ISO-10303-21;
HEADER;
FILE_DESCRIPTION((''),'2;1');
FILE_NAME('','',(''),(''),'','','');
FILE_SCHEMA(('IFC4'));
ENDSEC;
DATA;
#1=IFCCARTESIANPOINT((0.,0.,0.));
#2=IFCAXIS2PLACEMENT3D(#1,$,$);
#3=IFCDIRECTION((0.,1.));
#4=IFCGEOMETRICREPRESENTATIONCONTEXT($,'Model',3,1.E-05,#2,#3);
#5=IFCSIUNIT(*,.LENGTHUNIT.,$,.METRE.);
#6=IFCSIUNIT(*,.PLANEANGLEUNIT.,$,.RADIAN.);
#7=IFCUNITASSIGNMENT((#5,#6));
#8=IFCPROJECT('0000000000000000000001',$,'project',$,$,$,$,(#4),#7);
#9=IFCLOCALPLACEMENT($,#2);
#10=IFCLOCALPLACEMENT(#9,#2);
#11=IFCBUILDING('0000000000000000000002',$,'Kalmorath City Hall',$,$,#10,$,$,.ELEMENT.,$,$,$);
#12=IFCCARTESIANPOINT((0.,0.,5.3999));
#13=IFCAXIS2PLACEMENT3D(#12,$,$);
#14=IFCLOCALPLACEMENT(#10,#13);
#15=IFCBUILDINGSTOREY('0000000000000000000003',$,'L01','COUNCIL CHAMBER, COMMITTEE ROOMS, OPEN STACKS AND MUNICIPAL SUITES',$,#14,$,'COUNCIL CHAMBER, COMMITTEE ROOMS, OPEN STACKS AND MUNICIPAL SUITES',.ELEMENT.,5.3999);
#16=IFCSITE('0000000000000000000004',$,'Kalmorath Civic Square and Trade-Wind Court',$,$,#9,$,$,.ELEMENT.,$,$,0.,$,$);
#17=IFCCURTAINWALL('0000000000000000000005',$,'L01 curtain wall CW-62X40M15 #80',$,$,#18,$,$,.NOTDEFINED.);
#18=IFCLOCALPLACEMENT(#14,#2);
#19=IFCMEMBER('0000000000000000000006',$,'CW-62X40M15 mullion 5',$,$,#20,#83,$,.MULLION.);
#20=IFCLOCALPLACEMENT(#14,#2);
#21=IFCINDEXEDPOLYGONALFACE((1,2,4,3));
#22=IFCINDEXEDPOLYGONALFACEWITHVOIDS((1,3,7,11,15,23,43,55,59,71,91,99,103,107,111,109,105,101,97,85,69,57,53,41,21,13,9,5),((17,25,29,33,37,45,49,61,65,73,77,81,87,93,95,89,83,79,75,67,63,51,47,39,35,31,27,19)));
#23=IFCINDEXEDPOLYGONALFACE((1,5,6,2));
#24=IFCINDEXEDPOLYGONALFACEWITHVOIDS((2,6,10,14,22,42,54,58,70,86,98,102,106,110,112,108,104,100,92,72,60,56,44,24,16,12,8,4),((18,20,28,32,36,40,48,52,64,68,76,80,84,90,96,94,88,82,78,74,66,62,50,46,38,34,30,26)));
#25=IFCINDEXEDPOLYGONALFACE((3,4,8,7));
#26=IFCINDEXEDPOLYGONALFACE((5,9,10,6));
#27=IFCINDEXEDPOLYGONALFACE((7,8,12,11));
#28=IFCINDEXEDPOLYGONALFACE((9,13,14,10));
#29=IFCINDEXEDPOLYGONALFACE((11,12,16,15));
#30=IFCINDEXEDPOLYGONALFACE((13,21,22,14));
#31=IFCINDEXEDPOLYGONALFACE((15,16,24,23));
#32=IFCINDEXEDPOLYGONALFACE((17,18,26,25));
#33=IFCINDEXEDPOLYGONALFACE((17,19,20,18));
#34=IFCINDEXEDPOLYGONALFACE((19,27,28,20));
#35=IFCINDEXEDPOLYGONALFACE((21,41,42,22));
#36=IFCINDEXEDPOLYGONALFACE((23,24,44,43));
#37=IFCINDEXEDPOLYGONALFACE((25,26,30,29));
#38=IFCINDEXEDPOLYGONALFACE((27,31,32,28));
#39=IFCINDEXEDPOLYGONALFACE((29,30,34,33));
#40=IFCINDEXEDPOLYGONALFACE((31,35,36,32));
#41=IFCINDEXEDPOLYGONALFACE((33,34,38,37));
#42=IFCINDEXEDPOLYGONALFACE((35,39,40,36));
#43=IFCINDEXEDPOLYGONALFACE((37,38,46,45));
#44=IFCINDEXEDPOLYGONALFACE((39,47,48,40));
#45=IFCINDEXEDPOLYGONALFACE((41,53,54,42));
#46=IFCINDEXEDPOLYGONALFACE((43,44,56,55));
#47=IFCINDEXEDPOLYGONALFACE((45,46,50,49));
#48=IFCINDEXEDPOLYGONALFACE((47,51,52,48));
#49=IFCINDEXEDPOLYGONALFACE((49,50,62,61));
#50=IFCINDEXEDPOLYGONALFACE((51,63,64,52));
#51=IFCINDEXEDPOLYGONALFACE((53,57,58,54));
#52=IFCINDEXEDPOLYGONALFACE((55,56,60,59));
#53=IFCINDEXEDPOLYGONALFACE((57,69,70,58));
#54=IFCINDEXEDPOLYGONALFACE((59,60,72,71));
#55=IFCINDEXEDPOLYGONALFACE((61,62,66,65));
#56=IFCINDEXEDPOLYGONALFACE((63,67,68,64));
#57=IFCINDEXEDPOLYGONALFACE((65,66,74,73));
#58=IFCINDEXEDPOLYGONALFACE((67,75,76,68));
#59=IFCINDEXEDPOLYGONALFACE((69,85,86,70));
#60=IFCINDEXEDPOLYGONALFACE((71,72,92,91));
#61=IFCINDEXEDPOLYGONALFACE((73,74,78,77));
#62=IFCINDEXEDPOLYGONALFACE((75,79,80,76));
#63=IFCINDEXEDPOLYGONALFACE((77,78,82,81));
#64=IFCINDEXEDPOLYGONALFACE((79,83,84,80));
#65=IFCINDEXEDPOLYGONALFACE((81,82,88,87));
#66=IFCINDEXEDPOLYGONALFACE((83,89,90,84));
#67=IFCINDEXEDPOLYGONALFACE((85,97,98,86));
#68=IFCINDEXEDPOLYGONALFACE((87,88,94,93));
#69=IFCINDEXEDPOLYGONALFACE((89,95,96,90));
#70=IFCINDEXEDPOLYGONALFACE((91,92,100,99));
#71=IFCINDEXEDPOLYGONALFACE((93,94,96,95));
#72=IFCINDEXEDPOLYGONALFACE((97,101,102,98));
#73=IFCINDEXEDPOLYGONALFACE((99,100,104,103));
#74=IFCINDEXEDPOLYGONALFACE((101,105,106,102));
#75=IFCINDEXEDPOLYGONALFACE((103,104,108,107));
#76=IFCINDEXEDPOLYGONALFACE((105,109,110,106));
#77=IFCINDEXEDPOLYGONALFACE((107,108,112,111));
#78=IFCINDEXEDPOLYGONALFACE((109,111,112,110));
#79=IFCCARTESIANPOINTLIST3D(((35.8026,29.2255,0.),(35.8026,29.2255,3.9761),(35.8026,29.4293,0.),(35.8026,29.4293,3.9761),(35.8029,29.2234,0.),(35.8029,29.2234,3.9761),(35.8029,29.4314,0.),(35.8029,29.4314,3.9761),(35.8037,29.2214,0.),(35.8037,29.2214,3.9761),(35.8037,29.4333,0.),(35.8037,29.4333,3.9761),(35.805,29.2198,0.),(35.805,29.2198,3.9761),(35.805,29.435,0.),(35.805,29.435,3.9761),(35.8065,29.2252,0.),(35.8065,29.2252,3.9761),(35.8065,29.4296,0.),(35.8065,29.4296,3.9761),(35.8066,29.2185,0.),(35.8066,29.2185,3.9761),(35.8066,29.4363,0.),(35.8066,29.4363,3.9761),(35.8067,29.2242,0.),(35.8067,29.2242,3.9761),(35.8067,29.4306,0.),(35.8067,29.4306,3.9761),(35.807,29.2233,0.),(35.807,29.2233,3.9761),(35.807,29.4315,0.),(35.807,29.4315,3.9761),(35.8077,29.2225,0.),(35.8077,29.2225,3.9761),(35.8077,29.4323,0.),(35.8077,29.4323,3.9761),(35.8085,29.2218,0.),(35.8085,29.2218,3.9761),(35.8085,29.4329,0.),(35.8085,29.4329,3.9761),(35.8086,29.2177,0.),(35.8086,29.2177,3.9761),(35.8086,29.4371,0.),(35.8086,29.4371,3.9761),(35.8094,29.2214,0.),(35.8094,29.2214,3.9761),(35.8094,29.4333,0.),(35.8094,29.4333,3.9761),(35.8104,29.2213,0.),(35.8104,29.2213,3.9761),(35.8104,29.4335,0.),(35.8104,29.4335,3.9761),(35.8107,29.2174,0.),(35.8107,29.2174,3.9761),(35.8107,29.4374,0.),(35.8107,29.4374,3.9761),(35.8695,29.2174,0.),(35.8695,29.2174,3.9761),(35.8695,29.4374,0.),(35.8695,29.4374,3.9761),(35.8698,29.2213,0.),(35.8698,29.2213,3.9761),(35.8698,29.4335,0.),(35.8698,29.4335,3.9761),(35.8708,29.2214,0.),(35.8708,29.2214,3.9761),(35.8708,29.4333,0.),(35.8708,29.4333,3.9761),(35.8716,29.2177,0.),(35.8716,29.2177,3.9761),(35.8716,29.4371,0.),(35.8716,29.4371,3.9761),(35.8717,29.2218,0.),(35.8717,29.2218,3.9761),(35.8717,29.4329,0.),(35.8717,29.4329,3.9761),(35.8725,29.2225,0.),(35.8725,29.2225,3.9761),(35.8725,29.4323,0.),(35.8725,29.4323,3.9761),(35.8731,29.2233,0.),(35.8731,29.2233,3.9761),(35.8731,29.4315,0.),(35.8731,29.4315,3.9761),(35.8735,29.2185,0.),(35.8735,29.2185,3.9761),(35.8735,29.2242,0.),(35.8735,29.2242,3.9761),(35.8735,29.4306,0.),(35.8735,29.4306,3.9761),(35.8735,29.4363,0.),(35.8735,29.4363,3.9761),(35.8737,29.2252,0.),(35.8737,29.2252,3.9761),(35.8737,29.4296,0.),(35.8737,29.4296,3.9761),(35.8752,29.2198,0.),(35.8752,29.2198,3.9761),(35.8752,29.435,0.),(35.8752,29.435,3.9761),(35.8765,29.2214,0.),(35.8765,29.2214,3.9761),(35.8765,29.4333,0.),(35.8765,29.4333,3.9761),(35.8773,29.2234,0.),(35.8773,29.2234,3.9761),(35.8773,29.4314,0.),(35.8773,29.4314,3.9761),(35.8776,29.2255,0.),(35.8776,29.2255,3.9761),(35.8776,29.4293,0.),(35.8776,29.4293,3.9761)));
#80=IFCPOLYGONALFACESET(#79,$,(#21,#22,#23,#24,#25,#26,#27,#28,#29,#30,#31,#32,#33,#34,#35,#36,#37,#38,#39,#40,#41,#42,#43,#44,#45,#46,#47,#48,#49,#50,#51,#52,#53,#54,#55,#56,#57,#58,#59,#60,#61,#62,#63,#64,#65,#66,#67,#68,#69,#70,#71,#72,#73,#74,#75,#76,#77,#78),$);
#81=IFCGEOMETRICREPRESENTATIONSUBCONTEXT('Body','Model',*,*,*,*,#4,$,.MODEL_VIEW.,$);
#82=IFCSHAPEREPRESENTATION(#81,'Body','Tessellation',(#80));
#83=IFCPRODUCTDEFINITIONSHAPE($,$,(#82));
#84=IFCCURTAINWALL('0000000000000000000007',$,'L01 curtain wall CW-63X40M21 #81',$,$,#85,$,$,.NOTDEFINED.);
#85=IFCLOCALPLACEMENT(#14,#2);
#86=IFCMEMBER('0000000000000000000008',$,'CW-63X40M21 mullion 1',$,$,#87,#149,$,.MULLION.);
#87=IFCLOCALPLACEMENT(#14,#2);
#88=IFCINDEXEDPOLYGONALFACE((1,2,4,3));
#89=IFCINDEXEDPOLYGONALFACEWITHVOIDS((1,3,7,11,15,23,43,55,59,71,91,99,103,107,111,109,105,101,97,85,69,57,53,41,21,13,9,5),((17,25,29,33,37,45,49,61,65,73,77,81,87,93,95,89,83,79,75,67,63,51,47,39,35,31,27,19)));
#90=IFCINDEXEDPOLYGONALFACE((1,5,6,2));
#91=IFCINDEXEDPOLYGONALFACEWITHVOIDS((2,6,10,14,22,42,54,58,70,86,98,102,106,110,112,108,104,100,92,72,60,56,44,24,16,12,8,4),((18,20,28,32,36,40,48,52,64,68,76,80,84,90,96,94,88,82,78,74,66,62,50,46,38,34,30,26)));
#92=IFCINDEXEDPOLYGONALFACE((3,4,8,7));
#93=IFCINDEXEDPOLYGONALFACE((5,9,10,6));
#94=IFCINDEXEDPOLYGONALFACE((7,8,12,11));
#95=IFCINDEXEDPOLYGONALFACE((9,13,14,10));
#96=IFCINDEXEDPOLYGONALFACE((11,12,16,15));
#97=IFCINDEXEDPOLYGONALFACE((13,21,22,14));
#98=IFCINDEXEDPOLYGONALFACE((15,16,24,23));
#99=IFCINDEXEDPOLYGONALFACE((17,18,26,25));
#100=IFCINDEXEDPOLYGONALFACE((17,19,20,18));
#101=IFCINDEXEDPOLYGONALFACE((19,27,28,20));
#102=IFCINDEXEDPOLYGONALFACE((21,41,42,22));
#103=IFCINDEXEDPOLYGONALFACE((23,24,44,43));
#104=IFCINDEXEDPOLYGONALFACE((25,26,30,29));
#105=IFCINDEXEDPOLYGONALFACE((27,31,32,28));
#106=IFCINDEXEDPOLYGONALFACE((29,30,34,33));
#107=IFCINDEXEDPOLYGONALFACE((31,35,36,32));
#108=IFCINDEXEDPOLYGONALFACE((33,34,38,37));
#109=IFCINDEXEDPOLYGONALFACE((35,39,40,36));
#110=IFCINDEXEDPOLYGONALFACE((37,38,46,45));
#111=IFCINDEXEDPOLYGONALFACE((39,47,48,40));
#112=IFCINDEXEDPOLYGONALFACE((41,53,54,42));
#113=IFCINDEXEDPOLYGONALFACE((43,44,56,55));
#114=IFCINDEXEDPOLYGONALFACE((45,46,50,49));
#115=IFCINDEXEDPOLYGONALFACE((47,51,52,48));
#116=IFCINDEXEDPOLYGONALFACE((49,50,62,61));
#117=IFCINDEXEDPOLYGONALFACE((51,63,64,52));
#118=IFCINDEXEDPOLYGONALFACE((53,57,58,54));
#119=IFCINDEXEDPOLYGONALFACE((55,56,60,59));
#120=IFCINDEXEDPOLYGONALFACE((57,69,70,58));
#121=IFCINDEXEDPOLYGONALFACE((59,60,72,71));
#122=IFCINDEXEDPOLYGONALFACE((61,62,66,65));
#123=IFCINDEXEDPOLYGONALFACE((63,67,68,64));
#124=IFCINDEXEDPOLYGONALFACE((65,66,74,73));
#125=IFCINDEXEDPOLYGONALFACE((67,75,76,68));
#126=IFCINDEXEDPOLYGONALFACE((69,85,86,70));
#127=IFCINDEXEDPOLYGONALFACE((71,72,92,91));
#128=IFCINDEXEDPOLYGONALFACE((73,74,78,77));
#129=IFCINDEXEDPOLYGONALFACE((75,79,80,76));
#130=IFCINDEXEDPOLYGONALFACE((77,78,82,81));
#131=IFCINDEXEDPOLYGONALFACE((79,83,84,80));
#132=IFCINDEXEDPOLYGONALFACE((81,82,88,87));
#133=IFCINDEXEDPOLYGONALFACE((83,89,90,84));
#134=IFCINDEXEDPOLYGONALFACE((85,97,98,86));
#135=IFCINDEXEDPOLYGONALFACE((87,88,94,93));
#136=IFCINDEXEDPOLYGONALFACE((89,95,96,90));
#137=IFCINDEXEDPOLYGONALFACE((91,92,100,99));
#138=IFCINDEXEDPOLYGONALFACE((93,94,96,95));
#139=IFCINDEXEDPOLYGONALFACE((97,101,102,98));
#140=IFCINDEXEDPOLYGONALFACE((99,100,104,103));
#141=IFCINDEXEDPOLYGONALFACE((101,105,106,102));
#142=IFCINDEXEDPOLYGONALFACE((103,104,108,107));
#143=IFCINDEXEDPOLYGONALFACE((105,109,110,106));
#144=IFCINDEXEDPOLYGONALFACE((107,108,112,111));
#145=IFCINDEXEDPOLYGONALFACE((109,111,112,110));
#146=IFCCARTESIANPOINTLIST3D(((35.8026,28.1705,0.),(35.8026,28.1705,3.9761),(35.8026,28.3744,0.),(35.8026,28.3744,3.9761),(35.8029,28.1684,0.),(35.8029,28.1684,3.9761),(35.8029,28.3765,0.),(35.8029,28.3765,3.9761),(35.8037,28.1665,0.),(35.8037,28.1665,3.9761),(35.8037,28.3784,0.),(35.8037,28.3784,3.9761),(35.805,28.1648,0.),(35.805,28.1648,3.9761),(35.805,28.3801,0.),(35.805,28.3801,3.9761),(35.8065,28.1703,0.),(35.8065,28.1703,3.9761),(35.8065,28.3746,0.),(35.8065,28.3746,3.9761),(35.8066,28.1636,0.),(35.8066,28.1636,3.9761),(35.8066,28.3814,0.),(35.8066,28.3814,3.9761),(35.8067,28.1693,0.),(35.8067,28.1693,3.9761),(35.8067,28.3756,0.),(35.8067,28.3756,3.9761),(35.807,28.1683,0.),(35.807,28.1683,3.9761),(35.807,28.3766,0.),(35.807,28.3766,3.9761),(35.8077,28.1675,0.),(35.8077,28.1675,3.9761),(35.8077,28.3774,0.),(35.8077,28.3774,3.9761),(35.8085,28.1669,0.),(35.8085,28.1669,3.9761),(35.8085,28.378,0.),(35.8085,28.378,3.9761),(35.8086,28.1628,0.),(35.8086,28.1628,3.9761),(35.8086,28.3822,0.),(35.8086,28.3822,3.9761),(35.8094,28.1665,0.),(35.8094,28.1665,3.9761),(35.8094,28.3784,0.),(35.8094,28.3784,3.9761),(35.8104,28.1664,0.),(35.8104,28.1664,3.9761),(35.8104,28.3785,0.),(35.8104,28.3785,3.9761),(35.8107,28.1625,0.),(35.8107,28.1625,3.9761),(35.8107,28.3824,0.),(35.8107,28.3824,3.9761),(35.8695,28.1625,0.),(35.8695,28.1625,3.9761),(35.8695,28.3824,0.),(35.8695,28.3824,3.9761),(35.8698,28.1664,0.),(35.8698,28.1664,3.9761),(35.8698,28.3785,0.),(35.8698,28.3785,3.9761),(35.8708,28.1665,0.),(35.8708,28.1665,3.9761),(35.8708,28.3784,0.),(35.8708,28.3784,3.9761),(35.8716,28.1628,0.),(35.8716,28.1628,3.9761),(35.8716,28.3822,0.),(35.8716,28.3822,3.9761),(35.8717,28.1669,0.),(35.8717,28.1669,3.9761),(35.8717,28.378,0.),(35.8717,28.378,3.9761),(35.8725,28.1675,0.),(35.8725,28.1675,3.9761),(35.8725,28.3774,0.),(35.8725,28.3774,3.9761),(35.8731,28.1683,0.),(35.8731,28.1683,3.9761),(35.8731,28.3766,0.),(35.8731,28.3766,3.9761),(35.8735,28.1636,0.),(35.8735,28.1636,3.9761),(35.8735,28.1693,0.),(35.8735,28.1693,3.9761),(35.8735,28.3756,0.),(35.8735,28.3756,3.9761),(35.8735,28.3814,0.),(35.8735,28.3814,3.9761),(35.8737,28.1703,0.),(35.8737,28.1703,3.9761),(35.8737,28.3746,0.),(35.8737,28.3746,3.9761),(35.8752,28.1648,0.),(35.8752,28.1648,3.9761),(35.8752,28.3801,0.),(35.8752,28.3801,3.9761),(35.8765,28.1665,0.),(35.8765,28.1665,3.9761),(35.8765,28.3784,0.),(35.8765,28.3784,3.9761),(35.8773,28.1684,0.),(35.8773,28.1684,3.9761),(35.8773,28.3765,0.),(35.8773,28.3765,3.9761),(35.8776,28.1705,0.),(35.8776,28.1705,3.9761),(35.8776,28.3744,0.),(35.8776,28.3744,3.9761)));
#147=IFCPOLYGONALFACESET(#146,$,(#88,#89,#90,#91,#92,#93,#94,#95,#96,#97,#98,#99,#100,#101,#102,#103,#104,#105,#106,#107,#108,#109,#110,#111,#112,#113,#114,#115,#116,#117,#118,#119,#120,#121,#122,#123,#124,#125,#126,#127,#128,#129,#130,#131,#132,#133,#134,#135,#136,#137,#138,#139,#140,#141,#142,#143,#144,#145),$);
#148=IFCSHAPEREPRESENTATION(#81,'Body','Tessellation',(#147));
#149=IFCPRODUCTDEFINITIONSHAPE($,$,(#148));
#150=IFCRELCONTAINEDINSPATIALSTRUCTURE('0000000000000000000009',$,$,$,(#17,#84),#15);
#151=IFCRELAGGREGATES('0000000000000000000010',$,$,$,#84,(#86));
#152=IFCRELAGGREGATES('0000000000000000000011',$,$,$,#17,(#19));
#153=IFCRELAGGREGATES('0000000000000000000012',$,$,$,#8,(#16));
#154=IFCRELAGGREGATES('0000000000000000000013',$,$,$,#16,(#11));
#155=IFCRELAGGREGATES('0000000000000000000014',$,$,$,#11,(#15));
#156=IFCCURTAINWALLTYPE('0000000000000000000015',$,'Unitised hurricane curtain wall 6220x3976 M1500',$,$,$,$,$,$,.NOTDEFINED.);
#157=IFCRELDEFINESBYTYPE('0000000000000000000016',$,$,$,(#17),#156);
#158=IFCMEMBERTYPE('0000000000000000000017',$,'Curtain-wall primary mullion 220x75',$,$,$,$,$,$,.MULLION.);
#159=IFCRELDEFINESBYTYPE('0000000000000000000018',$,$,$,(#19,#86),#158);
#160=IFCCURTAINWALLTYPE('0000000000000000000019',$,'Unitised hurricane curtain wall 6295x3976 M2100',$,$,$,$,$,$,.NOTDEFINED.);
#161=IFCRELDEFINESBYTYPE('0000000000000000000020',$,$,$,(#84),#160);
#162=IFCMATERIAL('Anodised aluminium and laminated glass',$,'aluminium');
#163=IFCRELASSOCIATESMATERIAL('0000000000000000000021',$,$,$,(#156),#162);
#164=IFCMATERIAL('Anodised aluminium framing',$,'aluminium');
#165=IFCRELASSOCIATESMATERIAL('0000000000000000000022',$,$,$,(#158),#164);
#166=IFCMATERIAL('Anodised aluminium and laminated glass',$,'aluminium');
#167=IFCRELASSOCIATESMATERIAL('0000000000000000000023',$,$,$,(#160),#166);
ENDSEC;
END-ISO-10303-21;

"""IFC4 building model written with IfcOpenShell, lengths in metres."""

from ifc_helpers import new_model, si_unit, direction, frame, origin, origin_2d, place, context, subcontext, project, spatial, hollow_rectangle, extrude, material, material_profile, profile_set, type_object, element, aggregate, save


model = new_model("IFC4")

# Units and contexts
model_context = context("Model", 3, precision=1e-05, world=origin(), true_north=direction((0.0, 1.0)))
body_context = subcontext(model_context, "Body", "Model", "MODEL_VIEW")
ifc_project = project(units=[si_unit("LENGTHUNIT", "METRE"), si_unit("PLANEANGLEUNIT", "RADIAN")], contexts=[model_context])

# Site, building, storey
site_placement = place(None, origin())
site = spatial("IfcSite", under=ifc_project, at=site_placement, Name="Kalmorath Civic Square and Trade-Wind Court", CompositionType="ELEMENT", RefElevation=0.0)
building_placement = place(site_placement, origin())
building = spatial("IfcBuilding", under=site, at=building_placement, Name="Kalmorath City Hall", CompositionType="ELEMENT")
storey_placement = place(building_placement, frame((0.0, 0.0, 5.3999)))
storey = spatial("IfcBuildingStorey", under=building, at=storey_placement, Name="L01", Description="COUNCIL CHAMBER, COMMITTEE ROOMS, OPEN STACKS AND MUNICIPAL SUITES", LongName="COUNCIL CHAMBER, COMMITTEE ROOMS, OPEN STACKS AND MUNICIPAL SUITES", CompositionType="ELEMENT", Elevation=5.3999)

# Curtain wall, member
ifc_material_1 = material(Name="Anodised aluminium and laminated glass", Category="aluminium")
curtain_wall_type_1 = type_object("IfcCurtainWallType", Name="Unitised hurricane curtain wall 6220x3976 M1500", PredefinedType="NOTDEFINED", material=ifc_material_1)
curtain_wall_1_placement = place(storey_placement, origin())
curtain_wall_1 = element("IfcCurtainWall", 1, at=curtain_wall_1_placement, inside=storey, type_object=curtain_wall_type_1, Name="L01 curtain wall CW-62X40M15 #80", PredefinedType="NOTDEFINED")
ifc_material_2 = material(Name="Anodised aluminium framing", Category="aluminium")
ifc_material_profile_1 = material_profile(ifc_material_2, hollow_rectangle(XDim=0.075, YDim=0.22, WallThickness=0.0039, InnerFilletRadius=0.0039, OuterFilletRadius=0.0081, at=origin_2d()), Name="ALU-MUL-220X75X4")
ifc_profile_set_1 = profile_set([ifc_material_profile_1], Name="Anodised aluminium framing")
member_type_1 = type_object("IfcMemberType", Name="Curtain-wall primary mullion 220x75", PredefinedType="MULLION", material=ifc_profile_set_1)
member_1_placement = place(storey_placement, frame((35.8401, 29.3274, 0.0), z_axis=(0.0, 0.0, 1.0), x_axis=(1.0, 0.0, 0.0)))
member_1 = element("IfcMember", 2, at=member_1_placement, type_object=member_type_1, Name="CW-62X40M15 mullion 5", PredefinedType="MULLION", context=body_context, shape_type="SweptSolid", body=[
    extrude(hollow_rectangle(XDim=0.075, YDim=0.22, WallThickness=0.0039, InnerFilletRadius=0.0039, OuterFilletRadius=0.0081, at=origin_2d()), origin(), (0.0, 0.0, 1.0), 3.9761),
])

# Curtain wall, member
ifc_material_3 = material(Name="Anodised aluminium and laminated glass", Category="aluminium")
curtain_wall_type_2 = type_object("IfcCurtainWallType", Name="Unitised hurricane curtain wall 6295x3976 M2100", PredefinedType="NOTDEFINED", material=ifc_material_3)
curtain_wall_2_placement = place(storey_placement, origin())
curtain_wall_2 = element("IfcCurtainWall", 3, at=curtain_wall_2_placement, inside=storey, type_object=curtain_wall_type_2, Name="L01 curtain wall CW-63X40M21 #81", PredefinedType="NOTDEFINED")
member_2_placement = place(storey_placement, frame((35.8401, 28.2725, 0.0), z_axis=(0.0, 0.0, 1.0), x_axis=(1.0, 0.0, 0.0)))
member_2 = element("IfcMember", 4, at=member_2_placement, type_object=member_type_1, Name="CW-63X40M21 mullion 1", PredefinedType="MULLION", context=body_context, shape_type="SweptSolid", body=[
    extrude(hollow_rectangle(XDim=0.075, YDim=0.22, WallThickness=0.0039, InnerFilletRadius=0.0039, OuterFilletRadius=0.0081, at=origin_2d()), origin(), (0.0, 0.0, 1.0), 3.9761),
])
aggregate(curtain_wall_2, [member_2])

aggregate(curtain_wall_1, [member_1])

save(model, "model.ifc")
